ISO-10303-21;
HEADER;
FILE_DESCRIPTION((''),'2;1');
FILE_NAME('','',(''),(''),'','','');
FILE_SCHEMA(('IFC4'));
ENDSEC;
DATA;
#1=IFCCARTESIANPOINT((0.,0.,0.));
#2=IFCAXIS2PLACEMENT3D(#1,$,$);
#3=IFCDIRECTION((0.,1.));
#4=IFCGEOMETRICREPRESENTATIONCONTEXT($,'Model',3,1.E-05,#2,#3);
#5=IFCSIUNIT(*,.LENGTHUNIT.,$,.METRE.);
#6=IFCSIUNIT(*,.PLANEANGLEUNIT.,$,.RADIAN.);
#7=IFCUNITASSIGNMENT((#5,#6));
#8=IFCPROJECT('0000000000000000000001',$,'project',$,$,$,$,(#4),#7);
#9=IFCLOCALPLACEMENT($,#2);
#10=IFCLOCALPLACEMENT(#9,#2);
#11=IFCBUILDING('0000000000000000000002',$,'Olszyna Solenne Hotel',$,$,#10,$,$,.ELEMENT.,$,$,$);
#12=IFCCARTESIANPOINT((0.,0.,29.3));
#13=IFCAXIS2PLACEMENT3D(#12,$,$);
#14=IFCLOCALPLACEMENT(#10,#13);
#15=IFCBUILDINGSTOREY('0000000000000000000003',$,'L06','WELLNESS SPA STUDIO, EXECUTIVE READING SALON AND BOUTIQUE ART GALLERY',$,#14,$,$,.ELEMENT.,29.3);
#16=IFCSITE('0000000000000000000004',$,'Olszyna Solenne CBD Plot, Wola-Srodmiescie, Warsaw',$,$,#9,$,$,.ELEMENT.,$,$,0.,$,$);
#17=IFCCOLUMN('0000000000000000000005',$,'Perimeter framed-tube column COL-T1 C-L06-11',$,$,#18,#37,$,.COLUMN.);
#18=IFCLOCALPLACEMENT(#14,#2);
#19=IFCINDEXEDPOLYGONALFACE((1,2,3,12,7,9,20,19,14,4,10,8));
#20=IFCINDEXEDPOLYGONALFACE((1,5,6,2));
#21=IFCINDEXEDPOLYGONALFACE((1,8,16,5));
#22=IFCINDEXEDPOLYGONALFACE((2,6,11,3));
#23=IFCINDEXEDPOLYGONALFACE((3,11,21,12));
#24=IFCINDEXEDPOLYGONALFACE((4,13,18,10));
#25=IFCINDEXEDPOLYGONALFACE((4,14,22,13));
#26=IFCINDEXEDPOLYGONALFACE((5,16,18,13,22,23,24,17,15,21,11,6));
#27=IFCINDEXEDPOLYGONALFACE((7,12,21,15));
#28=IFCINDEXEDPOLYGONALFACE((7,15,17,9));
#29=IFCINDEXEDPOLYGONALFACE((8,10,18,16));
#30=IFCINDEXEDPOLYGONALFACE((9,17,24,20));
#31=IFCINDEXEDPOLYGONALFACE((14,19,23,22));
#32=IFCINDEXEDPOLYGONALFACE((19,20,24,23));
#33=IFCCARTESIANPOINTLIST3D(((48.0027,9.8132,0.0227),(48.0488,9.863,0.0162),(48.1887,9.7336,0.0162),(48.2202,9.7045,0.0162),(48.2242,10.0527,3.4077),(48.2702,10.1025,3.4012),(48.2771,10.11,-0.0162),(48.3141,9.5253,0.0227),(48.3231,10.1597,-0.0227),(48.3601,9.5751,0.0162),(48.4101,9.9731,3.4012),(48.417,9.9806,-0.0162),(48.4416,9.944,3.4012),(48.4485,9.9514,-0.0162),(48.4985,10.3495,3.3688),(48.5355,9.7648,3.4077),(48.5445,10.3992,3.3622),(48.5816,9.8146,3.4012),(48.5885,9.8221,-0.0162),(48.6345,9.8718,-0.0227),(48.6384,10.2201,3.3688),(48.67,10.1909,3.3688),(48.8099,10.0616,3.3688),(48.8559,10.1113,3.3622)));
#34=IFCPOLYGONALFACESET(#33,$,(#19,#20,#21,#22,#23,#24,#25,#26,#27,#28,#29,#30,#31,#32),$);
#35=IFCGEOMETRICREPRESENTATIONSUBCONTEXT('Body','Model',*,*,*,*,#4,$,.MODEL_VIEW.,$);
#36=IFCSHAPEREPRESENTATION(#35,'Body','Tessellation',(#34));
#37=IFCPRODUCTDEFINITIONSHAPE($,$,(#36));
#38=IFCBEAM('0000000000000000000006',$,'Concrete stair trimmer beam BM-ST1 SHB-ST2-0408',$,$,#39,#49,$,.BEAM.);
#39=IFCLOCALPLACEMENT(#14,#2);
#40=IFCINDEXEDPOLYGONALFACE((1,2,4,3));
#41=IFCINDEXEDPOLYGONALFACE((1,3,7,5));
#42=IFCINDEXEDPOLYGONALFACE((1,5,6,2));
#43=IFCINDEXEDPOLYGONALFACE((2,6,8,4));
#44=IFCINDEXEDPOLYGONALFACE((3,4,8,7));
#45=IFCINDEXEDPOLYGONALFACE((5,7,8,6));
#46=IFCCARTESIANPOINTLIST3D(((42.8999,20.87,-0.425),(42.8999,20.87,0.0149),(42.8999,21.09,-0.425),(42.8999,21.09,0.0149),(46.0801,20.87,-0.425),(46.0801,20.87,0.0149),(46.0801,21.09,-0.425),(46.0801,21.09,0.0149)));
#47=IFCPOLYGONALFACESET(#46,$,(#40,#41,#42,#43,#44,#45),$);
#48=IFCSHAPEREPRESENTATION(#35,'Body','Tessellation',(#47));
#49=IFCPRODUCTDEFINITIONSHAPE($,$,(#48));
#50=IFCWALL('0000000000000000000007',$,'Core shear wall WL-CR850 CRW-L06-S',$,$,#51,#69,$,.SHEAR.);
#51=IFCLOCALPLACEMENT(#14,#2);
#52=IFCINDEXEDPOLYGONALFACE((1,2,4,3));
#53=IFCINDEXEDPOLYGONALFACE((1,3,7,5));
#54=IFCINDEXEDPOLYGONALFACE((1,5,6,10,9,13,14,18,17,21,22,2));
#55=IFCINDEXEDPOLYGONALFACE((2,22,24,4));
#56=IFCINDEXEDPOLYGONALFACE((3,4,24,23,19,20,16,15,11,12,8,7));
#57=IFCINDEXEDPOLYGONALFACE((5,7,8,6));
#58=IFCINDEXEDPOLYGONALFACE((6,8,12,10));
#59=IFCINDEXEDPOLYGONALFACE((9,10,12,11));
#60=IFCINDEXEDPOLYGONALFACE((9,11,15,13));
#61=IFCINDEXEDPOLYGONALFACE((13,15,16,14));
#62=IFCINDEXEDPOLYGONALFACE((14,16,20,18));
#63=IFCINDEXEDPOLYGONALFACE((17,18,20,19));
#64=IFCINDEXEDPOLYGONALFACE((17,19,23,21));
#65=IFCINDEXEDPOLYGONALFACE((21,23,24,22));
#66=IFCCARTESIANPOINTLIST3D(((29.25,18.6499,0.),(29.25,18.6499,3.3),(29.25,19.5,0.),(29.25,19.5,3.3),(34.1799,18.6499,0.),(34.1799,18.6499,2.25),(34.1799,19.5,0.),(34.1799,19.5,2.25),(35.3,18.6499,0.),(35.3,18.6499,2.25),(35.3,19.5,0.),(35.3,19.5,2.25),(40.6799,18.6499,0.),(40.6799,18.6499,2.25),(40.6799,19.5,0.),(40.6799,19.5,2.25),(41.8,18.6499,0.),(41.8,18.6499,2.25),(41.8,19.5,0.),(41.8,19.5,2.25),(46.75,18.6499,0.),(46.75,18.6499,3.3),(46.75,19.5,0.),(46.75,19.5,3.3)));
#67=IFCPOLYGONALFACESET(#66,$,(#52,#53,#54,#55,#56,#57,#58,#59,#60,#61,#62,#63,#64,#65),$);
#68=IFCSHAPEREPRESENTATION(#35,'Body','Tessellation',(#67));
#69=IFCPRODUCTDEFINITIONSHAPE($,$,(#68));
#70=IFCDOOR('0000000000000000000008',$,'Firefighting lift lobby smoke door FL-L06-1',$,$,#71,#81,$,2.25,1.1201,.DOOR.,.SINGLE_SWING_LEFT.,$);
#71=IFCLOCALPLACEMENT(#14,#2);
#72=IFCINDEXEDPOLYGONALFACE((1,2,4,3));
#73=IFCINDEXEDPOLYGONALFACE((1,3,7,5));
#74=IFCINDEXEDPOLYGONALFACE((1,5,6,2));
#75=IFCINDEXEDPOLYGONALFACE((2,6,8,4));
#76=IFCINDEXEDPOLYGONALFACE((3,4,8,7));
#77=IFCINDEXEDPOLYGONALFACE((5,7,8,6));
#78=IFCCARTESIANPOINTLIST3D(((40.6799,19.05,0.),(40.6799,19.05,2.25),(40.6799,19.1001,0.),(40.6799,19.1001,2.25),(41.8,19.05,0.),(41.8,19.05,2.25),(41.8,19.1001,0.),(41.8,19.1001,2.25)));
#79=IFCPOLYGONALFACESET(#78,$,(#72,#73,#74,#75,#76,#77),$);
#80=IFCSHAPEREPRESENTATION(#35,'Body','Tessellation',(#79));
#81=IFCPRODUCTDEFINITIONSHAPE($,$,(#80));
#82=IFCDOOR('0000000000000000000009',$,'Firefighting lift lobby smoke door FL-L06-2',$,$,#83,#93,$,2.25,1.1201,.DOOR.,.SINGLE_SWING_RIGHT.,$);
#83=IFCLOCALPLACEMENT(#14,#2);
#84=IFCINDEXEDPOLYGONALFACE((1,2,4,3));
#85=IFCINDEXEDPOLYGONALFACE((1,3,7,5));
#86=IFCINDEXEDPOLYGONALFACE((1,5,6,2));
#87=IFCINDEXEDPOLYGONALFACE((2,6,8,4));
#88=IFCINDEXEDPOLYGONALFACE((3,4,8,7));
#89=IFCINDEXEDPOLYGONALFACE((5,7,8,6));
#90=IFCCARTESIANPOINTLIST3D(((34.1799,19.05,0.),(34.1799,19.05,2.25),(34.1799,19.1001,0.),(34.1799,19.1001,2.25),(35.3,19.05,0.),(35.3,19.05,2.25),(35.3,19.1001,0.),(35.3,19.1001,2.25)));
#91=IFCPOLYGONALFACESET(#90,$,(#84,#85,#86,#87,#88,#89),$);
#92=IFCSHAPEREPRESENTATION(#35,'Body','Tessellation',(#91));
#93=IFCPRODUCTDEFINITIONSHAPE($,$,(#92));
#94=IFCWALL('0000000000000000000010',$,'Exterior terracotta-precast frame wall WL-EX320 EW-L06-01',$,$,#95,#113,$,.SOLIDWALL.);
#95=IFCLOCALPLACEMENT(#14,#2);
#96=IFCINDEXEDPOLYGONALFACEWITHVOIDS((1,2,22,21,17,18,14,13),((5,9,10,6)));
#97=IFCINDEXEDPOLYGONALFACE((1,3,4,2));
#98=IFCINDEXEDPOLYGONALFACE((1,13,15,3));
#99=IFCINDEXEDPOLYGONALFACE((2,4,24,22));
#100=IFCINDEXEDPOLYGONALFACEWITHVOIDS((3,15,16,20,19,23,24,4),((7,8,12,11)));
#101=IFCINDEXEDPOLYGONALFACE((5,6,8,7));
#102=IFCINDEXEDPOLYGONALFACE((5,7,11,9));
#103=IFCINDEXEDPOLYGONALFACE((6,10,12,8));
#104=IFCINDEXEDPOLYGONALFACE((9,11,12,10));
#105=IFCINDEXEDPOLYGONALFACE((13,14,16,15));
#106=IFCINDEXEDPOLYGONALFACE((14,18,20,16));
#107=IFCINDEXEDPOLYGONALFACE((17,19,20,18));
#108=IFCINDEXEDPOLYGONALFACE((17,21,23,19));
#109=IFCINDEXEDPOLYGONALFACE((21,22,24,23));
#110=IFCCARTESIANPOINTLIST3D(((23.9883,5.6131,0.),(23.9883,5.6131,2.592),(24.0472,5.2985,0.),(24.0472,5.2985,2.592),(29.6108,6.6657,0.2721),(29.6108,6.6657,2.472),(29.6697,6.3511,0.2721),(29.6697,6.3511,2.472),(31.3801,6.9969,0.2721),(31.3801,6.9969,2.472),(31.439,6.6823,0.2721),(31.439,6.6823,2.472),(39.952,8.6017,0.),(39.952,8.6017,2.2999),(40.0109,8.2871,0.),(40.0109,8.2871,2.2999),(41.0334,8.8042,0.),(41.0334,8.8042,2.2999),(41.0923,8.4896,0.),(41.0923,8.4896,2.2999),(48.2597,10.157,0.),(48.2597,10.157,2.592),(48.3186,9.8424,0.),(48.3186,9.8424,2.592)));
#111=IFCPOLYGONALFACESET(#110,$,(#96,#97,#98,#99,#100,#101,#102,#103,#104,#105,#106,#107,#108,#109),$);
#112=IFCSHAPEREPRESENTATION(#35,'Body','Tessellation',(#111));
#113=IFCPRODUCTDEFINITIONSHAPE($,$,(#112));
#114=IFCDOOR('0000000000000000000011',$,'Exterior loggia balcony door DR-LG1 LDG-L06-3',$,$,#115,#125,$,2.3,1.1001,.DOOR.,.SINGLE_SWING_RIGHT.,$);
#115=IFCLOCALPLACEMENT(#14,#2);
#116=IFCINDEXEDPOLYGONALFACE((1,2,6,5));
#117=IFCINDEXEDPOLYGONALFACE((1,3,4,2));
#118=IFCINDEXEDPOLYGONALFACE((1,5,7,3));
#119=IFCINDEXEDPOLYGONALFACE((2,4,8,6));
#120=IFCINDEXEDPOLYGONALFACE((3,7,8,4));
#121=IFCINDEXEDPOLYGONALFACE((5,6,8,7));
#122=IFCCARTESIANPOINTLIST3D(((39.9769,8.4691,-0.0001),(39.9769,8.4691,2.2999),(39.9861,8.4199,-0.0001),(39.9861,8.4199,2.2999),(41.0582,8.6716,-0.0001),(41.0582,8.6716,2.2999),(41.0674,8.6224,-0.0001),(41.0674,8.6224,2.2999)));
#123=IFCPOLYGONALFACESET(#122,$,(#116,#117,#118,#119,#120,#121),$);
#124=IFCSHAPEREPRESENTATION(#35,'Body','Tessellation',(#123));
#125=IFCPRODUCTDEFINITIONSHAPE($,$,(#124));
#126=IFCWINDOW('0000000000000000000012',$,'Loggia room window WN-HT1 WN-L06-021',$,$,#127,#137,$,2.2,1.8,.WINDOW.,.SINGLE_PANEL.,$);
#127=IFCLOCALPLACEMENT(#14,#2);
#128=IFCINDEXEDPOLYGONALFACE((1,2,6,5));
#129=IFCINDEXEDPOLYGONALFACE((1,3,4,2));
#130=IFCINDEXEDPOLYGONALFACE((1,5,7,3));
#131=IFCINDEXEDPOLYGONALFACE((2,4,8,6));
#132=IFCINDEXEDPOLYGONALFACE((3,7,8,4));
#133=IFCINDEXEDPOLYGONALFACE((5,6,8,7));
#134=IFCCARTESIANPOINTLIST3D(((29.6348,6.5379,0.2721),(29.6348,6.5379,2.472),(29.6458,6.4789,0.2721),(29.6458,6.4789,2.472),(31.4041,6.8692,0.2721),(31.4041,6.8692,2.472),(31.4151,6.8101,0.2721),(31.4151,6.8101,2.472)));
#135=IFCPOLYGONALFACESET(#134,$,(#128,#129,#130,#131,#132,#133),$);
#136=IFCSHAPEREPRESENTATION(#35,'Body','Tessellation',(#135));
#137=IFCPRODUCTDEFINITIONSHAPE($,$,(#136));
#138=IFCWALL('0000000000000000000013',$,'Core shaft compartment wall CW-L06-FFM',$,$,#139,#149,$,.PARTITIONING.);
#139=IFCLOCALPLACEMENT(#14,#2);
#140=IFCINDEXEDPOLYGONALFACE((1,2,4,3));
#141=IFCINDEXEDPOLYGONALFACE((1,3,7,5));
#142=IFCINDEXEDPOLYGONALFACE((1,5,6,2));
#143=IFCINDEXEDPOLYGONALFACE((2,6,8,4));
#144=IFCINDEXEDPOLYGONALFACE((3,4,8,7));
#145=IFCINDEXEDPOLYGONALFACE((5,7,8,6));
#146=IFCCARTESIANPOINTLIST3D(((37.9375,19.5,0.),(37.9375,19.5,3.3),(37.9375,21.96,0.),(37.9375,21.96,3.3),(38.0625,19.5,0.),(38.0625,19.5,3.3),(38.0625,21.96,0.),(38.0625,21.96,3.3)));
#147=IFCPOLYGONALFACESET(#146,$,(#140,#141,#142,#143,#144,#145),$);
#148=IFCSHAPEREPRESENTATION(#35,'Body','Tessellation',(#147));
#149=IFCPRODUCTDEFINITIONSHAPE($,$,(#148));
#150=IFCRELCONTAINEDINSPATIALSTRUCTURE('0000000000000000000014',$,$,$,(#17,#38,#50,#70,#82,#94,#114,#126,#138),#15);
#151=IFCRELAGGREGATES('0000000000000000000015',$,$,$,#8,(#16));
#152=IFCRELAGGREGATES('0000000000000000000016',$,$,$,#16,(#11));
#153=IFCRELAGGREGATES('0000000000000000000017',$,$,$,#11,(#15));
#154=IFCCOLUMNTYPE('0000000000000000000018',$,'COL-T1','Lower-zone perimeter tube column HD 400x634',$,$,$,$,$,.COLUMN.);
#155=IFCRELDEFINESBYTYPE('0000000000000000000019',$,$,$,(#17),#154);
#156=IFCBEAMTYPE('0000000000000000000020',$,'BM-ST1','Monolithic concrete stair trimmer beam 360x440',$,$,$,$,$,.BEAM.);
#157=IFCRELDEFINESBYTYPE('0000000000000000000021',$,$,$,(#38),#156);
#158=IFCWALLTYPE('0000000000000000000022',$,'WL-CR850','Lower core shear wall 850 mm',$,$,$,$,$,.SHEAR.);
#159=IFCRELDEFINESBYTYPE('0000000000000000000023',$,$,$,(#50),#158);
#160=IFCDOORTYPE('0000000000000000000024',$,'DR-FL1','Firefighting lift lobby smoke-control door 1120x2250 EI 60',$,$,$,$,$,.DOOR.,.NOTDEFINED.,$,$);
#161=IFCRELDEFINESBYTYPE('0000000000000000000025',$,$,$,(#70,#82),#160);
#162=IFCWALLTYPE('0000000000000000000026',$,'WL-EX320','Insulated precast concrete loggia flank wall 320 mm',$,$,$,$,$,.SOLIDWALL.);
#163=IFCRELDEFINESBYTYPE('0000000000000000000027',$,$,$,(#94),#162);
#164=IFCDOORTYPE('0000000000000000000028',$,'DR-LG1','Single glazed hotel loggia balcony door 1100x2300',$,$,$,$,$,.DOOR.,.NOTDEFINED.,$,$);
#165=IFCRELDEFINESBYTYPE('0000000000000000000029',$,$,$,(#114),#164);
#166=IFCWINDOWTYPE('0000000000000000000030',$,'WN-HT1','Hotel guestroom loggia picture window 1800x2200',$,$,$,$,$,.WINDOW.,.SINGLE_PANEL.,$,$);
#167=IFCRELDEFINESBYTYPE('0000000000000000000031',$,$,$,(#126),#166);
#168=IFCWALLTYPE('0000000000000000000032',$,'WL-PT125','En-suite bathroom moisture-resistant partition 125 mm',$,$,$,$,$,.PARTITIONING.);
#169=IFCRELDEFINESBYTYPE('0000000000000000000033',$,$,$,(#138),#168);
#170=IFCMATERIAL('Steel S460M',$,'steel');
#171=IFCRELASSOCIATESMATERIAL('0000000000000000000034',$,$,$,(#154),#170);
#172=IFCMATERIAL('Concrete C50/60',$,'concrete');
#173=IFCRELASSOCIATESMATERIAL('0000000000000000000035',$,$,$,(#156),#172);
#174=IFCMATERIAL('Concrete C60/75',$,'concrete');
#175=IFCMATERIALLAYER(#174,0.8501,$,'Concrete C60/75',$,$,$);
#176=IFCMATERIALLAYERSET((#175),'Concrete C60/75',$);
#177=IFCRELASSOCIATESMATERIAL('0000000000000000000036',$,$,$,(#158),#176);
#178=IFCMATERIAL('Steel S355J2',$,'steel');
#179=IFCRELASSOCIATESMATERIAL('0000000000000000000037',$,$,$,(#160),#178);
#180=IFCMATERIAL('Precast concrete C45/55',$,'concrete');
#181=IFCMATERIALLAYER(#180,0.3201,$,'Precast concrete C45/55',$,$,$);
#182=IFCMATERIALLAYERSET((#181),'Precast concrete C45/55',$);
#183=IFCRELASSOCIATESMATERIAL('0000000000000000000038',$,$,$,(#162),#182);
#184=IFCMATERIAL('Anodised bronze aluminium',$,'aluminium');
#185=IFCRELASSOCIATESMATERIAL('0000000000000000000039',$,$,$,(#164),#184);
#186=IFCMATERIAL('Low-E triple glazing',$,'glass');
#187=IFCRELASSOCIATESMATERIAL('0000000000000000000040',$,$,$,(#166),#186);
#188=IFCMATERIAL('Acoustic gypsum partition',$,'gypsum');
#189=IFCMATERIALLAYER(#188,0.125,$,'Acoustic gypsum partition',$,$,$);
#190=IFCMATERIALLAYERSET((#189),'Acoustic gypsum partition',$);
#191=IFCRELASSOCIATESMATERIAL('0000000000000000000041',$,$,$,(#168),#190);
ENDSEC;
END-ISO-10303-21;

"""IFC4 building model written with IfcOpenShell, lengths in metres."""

from ifc_helpers import new_model, si_unit, direction, frame, frame_2d, origin, origin_2d, place, context, subcontext, project, spatial, rectangle, i_section, extrude, source, transform, mapped, material, layer, layer_set, material_profile, profile_set, type_object, type_shapes, element, fill, save


model = new_model("IFC4")

# Units and contexts
model_context = context("Model", 3, precision=1e-05, world=origin(), true_north=direction((0.0, 1.0)))
body_context = subcontext(model_context, "Body", "Model", "MODEL_VIEW")
ifc_project = project(units=[si_unit("LENGTHUNIT", "METRE"), si_unit("PLANEANGLEUNIT", "RADIAN")], contexts=[model_context])

# Site, building, storey
site_placement = place(None, origin())
site = spatial("IfcSite", under=ifc_project, at=site_placement, Name="Olszyna Solenne CBD Plot, Wola-Srodmiescie, Warsaw", CompositionType="ELEMENT", RefElevation=0.0)
building_placement = place(site_placement, origin())
building = spatial("IfcBuilding", under=site, at=building_placement, Name="Olszyna Solenne Hotel", CompositionType="ELEMENT")
storey_placement = place(building_placement, frame((0.0, 0.0, 29.3)))
storey = spatial("IfcBuildingStorey", under=building, at=storey_placement, Name="L06", Description="WELLNESS SPA STUDIO, EXECUTIVE READING SALON AND BOUTIQUE ART GALLERY", CompositionType="ELEMENT", Elevation=29.3)

# Column
ifc_material_1 = material(Name="Steel S460M", Category="steel")
ifc_material_profile_1 = material_profile(ifc_material_1, i_section(OverallWidth=0.4241, OverallDepth=0.4741, WebThickness=0.043, FlangeThickness=0.0681, at=origin_2d()), Name="HD 400x634", Category="load-bearing")
ifc_profile_set_1 = profile_set([ifc_material_profile_1], Name="Steel S460M")
column_type = type_object("IfcColumnType", Name="COL-T1", Description="Lower-zone perimeter tube column HD 400x634", PredefinedType="COLUMN", material=ifc_profile_set_1)
shared_shape_1 = source(origin(), body_context, "Body", "SweptSolid", [
    extrude(i_section(OverallWidth=0.4241, OverallDepth=0.4741, WebThickness=0.043, FlangeThickness=0.0681, at=origin_2d()), origin(), (0.0, 0.0, 1.0), 3.4006),
])
column_placement = place(storey_placement, frame((48.3186, 9.8425, 0.0), z_axis=(0.065115, 0.070427, 0.995389), x_axis=(-0.734258, 0.678871, 0.0)))
element("IfcColumn", 1, at=column_placement, inside=storey, type_object=column_type, Name="Perimeter framed-tube column COL-T1 C-L06-11", PredefinedType="COLUMN", context=body_context, shape_type="MappedRepresentation", body=[
    mapped(shared_shape_1, transform((0.0, 0.0, 0.0), x_axis=(1.0, 0.0, 0.0), y_axis=(0.0, 1.0, 0.0), z_axis=(0.0, 0.0, 1.0), scale=1.0)),
])

# Beam
ifc_material_2 = material(Name="Concrete C50/60", Category="concrete")
ifc_material_profile_2 = material_profile(ifc_material_2, rectangle(XDim=0.22, YDim=0.4399, at=origin_2d()), Name="RC 220x440", Category="load-bearing")
ifc_profile_set_2 = profile_set([ifc_material_profile_2], Name="Concrete C50/60")
beam_type = type_object("IfcBeamType", Name="BM-ST1", Description="Monolithic concrete stair trimmer beam 360x440", PredefinedType="BEAM", material=ifc_profile_set_2)
shared_shape_2 = source(origin(), body_context, "Body", "SweptSolid", [
    extrude(rectangle(XDim=0.22, YDim=0.4399, at=origin_2d()), origin(), (0.0, 0.0, 1.0), 3.1802),
])
beam_placement = place(storey_placement, frame((46.0801, 20.98, -0.2051), z_axis=(-1.0, 0.0, 0.0), x_axis=(0.0, -1.0, 0.0)))
element("IfcBeam", 2, at=beam_placement, inside=storey, type_object=beam_type, Name="Concrete stair trimmer beam BM-ST1 SHB-ST2-0408", PredefinedType="BEAM", context=body_context, shape_type="MappedRepresentation", body=[
    mapped(shared_shape_2, transform((0.0, 0.0, 0.0), x_axis=(1.0, 0.0, 0.0), y_axis=(0.0, 1.0, 0.0), z_axis=(0.0, 0.0, 1.0), scale=1.0)),
])

# Wall, openings, doors
ifc_material_3 = material(Name="Concrete C60/75", Category="concrete")
ifc_layer_1 = layer(ifc_material_3, 0.8501, Name="Concrete C60/75")
ifc_layer_set_1 = layer_set([ifc_layer_1], Name="Concrete C60/75")
wall_type_1 = type_object("IfcWallType", Name="WL-CR850", Description="Lower core shear wall 850 mm", PredefinedType="SHEAR", material=ifc_layer_set_1)
wall_1_placement = place(storey_placement, frame((46.75, 19.075, 0.0), z_axis=(0.0, 0.0, 1.0), x_axis=(-1.0, 0.0, 0.0)))
wall_1 = element("IfcWall", 3, at=wall_1_placement, inside=storey, type_object=wall_type_1, Name="Core shear wall WL-CR850 CRW-L06-S", PredefinedType="SHEAR", context=body_context, shape_type="SweptSolid", body=[
    extrude(rectangle(XDim=17.5, YDim=0.8501, at=frame_2d((8.75, 0.0))), origin(), (0.0, 0.0, 1.0), 3.3),
])
opening_1_placement = place(wall_1_placement, frame((4.95, 0.0, 0.0)))
opening_1 = element("IfcOpeningElement", 4, at=opening_1_placement, cuts=wall_1, PredefinedType="OPENING", context=body_context, shape_type="SweptSolid", body=[
    extrude(rectangle(XDim=1.1201, YDim=2.25, at=frame_2d((0.5601, 1.125))), frame((0.0, 0.4351, 0.0), z_axis=(0.0, -1.0, 0.0), x_axis=(1.0, 0.0, 0.0)), (0.0, 0.0, 1.0), 0.8701),
])
opening_2_placement = place(wall_1_placement, frame((11.45, 0.0, 0.0)))
opening_2 = element("IfcOpeningElement", 5, at=opening_2_placement, cuts=wall_1, PredefinedType="OPENING", context=body_context, shape_type="SweptSolid", body=[
    extrude(rectangle(XDim=1.1201, YDim=2.25, at=frame_2d((0.5601, 1.125))), frame((0.0, 0.4351, 0.0), z_axis=(0.0, -1.0, 0.0), x_axis=(1.0, 0.0, 0.0)), (0.0, 0.0, 1.0), 0.8701),
])
ifc_material_4 = material(Name="Steel S355J2", Category="steel")
door_type_1 = type_object("IfcDoorType", Name="DR-FL1", Description="Firefighting lift lobby smoke-control door 1120x2250 EI 60", OperationType="NOTDEFINED", PredefinedType="DOOR", material=ifc_material_4)
shared_shape_3 = source(origin(), body_context, "Body", "SweptSolid", [
    extrude(rectangle(XDim=1.1201, YDim=2.25, at=frame_2d((0.5601, 1.125))), frame((0.0, 0.0249, 0.0), z_axis=(0.0, -1.0, 0.0), x_axis=(1.0, 0.0, 0.0)), (0.0, 0.0, 1.0), 0.05),
])
type_shapes(door_type_1, [shared_shape_3])
door_1_placement = place(opening_1_placement, origin())
door_1 = element("IfcDoor", 6, at=door_1_placement, inside=storey, type_object=door_type_1, Name="Firefighting lift lobby smoke door FL-L06-1", OperationType="SINGLE_SWING_LEFT", OverallHeight=2.25, OverallWidth=1.1201, PredefinedType="DOOR", context=body_context, shape_type="MappedRepresentation", body=[
    mapped(shared_shape_3, transform((0.0, 0.0, 0.0), x_axis=(1.0, 0.0, 0.0), y_axis=(0.0, 1.0, 0.0), z_axis=(0.0, 0.0, 1.0), scale=1.0)),
])
fill(opening_1, door_1)
door_2_placement = place(opening_2_placement, origin())
door_2 = element("IfcDoor", 7, at=door_2_placement, inside=storey, type_object=door_type_1, Name="Firefighting lift lobby smoke door FL-L06-2", OperationType="SINGLE_SWING_RIGHT", OverallHeight=2.25, OverallWidth=1.1201, PredefinedType="DOOR", context=body_context, shape_type="MappedRepresentation", body=[
    mapped(shared_shape_3, transform((0.0, 0.0, 0.0), x_axis=(1.0, 0.0, 0.0), y_axis=(0.0, 1.0, 0.0), z_axis=(0.0, 0.0, 1.0), scale=1.0)),
])
fill(opening_2, door_2)

# Wall, openings, door, window
ifc_material_5 = material(Name="Precast concrete C45/55", Category="concrete")
ifc_layer_2 = layer(ifc_material_5, 0.3201, Name="Precast concrete C45/55")
ifc_layer_set_2 = layer_set([ifc_layer_2], Name="Precast concrete C45/55")
wall_type_2 = type_object("IfcWallType", Name="WL-EX320", Description="Insulated precast concrete loggia flank wall 320 mm", PredefinedType="SOLIDWALL", material=ifc_layer_set_2)
wall_2_placement = place(storey_placement, frame((48.2893, 9.9998, 0.0), z_axis=(0.0, 0.0, 1.0), x_axis=(-0.982923, -0.184016, 0.0)))
wall_2 = element("IfcWall", 8, at=wall_2_placement, inside=storey, type_object=wall_type_2, Name="Exterior terracotta-precast frame wall WL-EX320 EW-L06-01", PredefinedType="SOLIDWALL", context=body_context, shape_type="SweptSolid", body=[
    extrude(rectangle(XDim=24.6931, YDim=0.3201, at=frame_2d((12.3467, 0.0))), origin(), (0.0, 0.0, 1.0), 2.592),
])
opening_3_placement = place(wall_2_placement, frame((7.3521, 0.0, 0.0)))
opening_3 = element("IfcOpeningElement", 9, at=opening_3_placement, cuts=wall_2, PredefinedType="OPENING", context=body_context, shape_type="SweptSolid", body=[
    extrude(rectangle(XDim=1.1001, YDim=2.3, at=frame_2d((0.55, 1.1499))), frame((0.0, 0.1699, 0.0), z_axis=(0.0, -1.0, 0.0), x_axis=(1.0, 0.0, 0.0)), (0.0, 0.0, 1.0), 0.3401),
])
opening_4_placement = place(wall_2_placement, frame((17.1731, 0.0, 0.272)))
opening_4 = element("IfcOpeningElement", 10, at=opening_4_placement, cuts=wall_2, PredefinedType="OPENING", context=body_context, shape_type="SweptSolid", body=[
    extrude(rectangle(XDim=1.8, YDim=2.2, at=frame_2d((0.8999, 1.1001))), frame((0.0, 0.1699, 0.0), z_axis=(0.0, -1.0, 0.0), x_axis=(1.0, 0.0, 0.0)), (0.0, 0.0, 1.0), 0.3401),
])
ifc_material_6 = material(Name="Anodised bronze aluminium", Category="aluminium")
door_type_2 = type_object("IfcDoorType", Name="DR-LG1", Description="Single glazed hotel loggia balcony door 1100x2300", OperationType="NOTDEFINED", PredefinedType="DOOR", material=ifc_material_6)
shared_shape_4 = source(origin(), body_context, "Body", "SweptSolid", [
    extrude(rectangle(XDim=1.1001, YDim=2.3, at=frame_2d((0.55, 1.1499))), frame((0.0, 0.0249, 0.0), z_axis=(0.0, -1.0, 0.0), x_axis=(1.0, 0.0, 0.0)), (0.0, 0.0, 1.0), 0.05),
])
type_shapes(door_type_2, [shared_shape_4])
door_3_placement = place(opening_3_placement, origin())
door_3 = element("IfcDoor", 11, at=door_3_placement, inside=storey, type_object=door_type_2, Name="Exterior loggia balcony door DR-LG1 LDG-L06-3", OperationType="SINGLE_SWING_RIGHT", OverallHeight=2.3, OverallWidth=1.1001, PredefinedType="DOOR", context=body_context, shape_type="MappedRepresentation", body=[
    mapped(shared_shape_4, transform((0.0, 0.0, 0.0), x_axis=(1.0, 0.0, 0.0), y_axis=(0.0, 1.0, 0.0), z_axis=(0.0, 0.0, 1.0), scale=1.0)),
])
fill(opening_3, door_3)
ifc_material_7 = material(Name="Low-E triple glazing", Category="glass")
window_type = type_object("IfcWindowType", Name="WN-HT1", Description="Hotel guestroom loggia picture window 1800x2200", PartitioningType="SINGLE_PANEL", PredefinedType="WINDOW", material=ifc_material_7)
shared_shape_5 = source(origin(), body_context, "Body", "SweptSolid", [
    extrude(rectangle(XDim=1.8, YDim=2.2, at=frame_2d((0.8999, 1.1001))), frame((0.0, 0.03, 0.0), z_axis=(0.0, -1.0, 0.0), x_axis=(1.0, 0.0, 0.0)), (0.0, 0.0, 1.0), 0.0601),
])
type_shapes(window_type, [shared_shape_5])
window_placement = place(opening_4_placement, origin())
window = element("IfcWindow", 12, at=window_placement, inside=storey, type_object=window_type, Name="Loggia room window WN-HT1 WN-L06-021", OverallHeight=2.2, OverallWidth=1.8, PartitioningType="SINGLE_PANEL", PredefinedType="WINDOW", context=body_context, shape_type="MappedRepresentation", body=[
    mapped(shared_shape_5, transform((0.0, 0.0, 0.0), x_axis=(1.0, 0.0, 0.0), y_axis=(0.0, 1.0, 0.0), z_axis=(0.0, 0.0, 1.0), scale=1.0)),
])
fill(opening_4, window)

# Wall
ifc_material_8 = material(Name="Acoustic gypsum partition", Category="gypsum")
ifc_layer_3 = layer(ifc_material_8, 0.125, Name="Acoustic gypsum partition")
ifc_layer_set_3 = layer_set([ifc_layer_3], Name="Acoustic gypsum partition")
wall_type_3 = type_object("IfcWallType", Name="WL-PT125", Description="En-suite bathroom moisture-resistant partition 125 mm", PredefinedType="PARTITIONING", material=ifc_layer_set_3)
wall_3_placement = place(storey_placement, frame((38.0, 19.5, 0.0), z_axis=(0.0, 0.0, 1.0), x_axis=(0.0, 1.0, 0.0)))
element("IfcWall", 13, at=wall_3_placement, inside=storey, type_object=wall_type_3, Name="Core shaft compartment wall CW-L06-FFM", PredefinedType="PARTITIONING", context=body_context, shape_type="SweptSolid", body=[
    extrude(rectangle(XDim=2.46, YDim=0.125, at=frame_2d((1.23, 0.0))), origin(), (0.0, 0.0, 1.0), 3.3),
])

save(model, "model.ifc")
